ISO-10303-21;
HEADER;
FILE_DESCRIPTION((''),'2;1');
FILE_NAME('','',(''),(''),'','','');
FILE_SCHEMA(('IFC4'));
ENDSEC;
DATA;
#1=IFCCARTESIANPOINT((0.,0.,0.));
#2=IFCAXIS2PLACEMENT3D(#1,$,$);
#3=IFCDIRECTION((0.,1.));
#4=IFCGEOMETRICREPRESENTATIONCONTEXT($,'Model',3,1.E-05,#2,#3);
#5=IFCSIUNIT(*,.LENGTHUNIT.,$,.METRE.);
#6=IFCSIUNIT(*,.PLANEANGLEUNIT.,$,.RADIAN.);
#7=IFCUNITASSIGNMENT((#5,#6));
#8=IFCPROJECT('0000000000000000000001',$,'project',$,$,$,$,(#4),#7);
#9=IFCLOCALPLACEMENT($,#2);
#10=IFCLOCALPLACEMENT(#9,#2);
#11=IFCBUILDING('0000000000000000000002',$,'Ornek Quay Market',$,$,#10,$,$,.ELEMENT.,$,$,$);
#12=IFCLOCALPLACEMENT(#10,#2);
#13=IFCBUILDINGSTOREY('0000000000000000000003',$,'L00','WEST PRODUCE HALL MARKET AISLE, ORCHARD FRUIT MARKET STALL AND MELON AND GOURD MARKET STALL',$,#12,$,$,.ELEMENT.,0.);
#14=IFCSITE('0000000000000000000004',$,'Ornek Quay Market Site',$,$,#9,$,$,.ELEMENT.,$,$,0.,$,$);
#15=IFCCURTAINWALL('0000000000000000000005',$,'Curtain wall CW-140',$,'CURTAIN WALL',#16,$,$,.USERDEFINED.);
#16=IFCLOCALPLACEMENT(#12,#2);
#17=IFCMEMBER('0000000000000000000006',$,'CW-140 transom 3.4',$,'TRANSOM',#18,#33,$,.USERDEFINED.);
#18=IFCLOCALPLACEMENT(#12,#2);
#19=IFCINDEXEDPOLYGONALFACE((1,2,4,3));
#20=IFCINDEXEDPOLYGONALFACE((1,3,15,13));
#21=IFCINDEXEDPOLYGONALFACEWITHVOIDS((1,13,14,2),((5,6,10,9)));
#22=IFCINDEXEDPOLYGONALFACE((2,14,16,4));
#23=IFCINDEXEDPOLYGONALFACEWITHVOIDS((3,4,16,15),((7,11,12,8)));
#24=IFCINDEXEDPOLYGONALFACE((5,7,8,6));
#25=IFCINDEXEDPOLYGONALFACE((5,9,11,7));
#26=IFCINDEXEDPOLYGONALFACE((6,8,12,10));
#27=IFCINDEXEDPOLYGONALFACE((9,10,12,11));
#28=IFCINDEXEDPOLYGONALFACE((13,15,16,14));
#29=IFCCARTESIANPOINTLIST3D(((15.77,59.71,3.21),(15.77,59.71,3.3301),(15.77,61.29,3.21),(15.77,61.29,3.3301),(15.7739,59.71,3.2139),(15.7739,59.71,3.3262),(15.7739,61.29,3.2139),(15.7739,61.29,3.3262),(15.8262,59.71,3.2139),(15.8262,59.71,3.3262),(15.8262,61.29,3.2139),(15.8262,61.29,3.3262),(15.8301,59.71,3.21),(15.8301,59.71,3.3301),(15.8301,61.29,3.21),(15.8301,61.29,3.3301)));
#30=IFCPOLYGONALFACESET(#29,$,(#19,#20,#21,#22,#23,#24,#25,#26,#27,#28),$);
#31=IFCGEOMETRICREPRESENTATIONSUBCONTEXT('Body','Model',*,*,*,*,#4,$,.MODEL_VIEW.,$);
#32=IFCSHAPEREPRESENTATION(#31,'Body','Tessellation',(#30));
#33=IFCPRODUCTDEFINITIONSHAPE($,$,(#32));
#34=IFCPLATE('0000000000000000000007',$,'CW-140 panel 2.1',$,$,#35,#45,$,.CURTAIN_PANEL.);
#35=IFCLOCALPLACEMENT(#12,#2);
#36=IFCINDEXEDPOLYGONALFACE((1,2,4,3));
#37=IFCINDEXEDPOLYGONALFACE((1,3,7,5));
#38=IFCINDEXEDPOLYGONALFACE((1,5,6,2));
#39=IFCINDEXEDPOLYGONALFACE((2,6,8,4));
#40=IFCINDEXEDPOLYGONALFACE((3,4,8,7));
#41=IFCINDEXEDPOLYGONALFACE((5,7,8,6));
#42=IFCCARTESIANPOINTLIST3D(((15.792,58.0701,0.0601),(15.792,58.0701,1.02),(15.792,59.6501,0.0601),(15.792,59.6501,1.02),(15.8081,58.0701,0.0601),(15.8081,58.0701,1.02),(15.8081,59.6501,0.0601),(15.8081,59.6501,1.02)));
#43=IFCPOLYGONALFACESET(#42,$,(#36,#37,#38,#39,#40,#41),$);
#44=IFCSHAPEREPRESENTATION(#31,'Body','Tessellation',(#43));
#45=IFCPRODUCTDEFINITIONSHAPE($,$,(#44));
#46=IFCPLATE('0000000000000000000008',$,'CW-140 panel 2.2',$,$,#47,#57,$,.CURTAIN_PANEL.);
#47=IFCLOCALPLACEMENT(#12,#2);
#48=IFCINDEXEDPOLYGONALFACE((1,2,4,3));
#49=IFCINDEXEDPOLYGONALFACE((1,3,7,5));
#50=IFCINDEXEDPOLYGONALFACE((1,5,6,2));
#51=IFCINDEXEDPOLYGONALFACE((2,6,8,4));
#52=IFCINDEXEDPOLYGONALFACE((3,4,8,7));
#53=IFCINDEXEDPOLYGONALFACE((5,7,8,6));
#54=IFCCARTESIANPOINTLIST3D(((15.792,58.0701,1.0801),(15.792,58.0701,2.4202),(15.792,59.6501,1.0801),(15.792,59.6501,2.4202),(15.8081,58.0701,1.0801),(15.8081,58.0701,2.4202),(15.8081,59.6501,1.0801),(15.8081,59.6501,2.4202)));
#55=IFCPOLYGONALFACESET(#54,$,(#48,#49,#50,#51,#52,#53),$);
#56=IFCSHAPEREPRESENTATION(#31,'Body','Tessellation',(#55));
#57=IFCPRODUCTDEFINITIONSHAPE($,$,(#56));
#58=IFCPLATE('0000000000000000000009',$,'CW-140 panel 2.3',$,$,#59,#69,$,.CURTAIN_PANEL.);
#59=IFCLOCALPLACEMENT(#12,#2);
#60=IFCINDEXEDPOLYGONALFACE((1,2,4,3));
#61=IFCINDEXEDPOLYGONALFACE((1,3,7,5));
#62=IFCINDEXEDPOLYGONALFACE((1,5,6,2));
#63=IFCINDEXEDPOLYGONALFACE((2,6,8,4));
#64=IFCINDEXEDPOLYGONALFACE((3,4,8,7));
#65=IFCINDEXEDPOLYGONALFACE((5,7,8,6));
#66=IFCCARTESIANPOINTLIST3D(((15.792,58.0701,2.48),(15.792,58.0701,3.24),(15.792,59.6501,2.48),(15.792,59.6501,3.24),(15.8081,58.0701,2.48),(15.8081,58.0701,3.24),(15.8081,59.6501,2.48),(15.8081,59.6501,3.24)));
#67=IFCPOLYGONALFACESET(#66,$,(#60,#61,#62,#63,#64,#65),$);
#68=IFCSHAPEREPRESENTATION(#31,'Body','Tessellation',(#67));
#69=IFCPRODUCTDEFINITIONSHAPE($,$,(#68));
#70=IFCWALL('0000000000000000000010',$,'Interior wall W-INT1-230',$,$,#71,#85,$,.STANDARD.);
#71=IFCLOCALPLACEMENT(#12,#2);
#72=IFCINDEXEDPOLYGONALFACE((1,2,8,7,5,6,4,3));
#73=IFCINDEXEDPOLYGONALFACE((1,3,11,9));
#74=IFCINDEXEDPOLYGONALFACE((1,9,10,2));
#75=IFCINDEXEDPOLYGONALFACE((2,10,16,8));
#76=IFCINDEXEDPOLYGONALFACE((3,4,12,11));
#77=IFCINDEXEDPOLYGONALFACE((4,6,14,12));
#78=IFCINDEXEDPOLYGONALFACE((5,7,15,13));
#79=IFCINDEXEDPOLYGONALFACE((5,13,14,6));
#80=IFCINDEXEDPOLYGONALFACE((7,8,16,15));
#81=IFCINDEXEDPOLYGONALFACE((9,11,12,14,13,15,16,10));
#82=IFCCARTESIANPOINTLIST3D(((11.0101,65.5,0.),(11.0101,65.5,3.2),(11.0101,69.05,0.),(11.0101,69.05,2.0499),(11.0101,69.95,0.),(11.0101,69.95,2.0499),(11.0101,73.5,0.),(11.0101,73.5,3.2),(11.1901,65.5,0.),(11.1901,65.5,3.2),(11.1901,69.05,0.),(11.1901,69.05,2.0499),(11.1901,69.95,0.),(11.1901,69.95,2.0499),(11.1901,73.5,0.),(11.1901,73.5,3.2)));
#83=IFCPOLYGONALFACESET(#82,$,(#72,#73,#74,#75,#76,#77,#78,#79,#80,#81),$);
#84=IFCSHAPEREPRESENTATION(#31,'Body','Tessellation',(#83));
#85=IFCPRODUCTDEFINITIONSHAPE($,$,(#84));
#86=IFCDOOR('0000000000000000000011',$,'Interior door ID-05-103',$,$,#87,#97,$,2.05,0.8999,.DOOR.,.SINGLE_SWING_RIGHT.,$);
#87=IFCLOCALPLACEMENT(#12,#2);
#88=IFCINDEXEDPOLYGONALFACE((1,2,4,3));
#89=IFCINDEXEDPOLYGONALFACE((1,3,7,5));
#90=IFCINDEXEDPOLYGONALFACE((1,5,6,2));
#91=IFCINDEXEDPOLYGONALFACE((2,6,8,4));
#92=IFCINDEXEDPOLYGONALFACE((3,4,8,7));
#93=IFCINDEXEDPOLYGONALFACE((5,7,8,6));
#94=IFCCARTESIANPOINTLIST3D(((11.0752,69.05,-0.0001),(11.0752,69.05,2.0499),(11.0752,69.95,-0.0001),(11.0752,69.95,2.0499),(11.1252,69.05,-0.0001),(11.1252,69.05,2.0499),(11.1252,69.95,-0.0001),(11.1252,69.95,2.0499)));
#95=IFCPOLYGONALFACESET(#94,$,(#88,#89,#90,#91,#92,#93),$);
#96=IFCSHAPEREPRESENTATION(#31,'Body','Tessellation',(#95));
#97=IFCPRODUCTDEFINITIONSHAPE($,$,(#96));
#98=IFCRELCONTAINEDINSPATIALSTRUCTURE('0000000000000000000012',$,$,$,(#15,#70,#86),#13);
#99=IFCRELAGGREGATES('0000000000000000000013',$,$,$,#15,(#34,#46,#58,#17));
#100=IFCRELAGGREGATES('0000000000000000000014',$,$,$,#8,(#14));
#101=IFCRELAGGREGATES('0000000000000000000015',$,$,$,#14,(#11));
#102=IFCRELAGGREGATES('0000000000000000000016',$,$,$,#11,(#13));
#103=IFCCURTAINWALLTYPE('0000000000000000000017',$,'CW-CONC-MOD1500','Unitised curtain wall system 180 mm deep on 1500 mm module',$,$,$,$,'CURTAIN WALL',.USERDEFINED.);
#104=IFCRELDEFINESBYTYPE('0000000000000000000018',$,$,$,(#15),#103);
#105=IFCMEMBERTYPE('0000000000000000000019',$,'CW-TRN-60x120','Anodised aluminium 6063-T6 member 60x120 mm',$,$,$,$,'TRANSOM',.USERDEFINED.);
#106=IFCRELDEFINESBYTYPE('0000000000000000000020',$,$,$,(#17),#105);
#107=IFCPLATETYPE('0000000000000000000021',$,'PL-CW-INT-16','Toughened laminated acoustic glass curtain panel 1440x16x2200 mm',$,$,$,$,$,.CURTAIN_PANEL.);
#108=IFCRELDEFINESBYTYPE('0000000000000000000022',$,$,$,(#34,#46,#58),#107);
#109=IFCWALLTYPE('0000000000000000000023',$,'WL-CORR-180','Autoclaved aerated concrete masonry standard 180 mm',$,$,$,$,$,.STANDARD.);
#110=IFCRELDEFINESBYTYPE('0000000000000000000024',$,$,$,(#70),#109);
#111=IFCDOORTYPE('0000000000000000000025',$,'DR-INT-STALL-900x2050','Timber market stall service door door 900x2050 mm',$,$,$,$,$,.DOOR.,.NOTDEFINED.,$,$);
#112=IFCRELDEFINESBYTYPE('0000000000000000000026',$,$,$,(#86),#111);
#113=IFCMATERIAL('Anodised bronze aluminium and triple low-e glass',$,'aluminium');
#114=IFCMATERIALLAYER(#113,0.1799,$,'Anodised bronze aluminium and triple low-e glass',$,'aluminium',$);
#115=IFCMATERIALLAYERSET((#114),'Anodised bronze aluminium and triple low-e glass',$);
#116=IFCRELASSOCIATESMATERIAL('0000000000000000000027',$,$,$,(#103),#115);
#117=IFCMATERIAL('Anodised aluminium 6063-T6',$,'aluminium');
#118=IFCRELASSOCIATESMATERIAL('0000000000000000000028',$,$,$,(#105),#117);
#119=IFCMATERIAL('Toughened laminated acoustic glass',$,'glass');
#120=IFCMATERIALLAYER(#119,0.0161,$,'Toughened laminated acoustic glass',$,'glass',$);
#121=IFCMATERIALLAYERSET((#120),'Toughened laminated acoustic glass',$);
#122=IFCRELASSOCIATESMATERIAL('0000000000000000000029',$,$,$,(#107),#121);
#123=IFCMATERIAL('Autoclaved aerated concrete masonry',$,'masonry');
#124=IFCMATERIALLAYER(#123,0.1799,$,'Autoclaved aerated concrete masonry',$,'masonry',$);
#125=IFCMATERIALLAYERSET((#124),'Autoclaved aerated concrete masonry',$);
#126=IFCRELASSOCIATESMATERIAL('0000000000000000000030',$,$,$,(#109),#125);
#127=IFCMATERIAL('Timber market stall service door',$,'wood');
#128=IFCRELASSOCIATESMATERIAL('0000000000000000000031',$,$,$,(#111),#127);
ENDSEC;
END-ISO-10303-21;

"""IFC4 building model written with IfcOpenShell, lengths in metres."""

from ifc_helpers import new_model, si_unit, direction, frame, frame_2d, origin, origin_2d, place, context, subcontext, project, spatial, rectangle, hollow_rectangle, extrude, material, layer, layer_set, material_profile, profile_set, type_object, element, fill, aggregate, save


model = new_model("IFC4")

# Units and contexts
model_context = context("Model", 3, precision=1e-05, world=origin(), true_north=direction((0.0, 1.0)))
body_context = subcontext(model_context, "Body", "Model", "MODEL_VIEW")
ifc_project = project(units=[si_unit("LENGTHUNIT", "METRE"), si_unit("PLANEANGLEUNIT", "RADIAN")], contexts=[model_context])

# Site, building, storey
site_placement = place(None, origin())
site = spatial("IfcSite", under=ifc_project, at=site_placement, Name="Ornek Quay Market Site", CompositionType="ELEMENT", RefElevation=0.0)
building_placement = place(site_placement, origin())
building = spatial("IfcBuilding", under=site, at=building_placement, Name="Ornek Quay Market", CompositionType="ELEMENT")
storey_placement = place(building_placement, origin())
storey = spatial("IfcBuildingStorey", under=building, at=storey_placement, Name="L00", Description="WEST PRODUCE HALL MARKET AISLE, ORCHARD FRUIT MARKET STALL AND MELON AND GOURD MARKET STALL", CompositionType="ELEMENT", Elevation=0.0)

# Curtain wall, member, plates
ifc_material_1 = material(Name="Anodised bronze aluminium and triple low-e glass", Category="aluminium")
ifc_layer_1 = layer(ifc_material_1, 0.1799, Name="Anodised bronze aluminium and triple low-e glass", Category="aluminium")
ifc_layer_set_1 = layer_set([ifc_layer_1], Name="Anodised bronze aluminium and triple low-e glass")
curtain_wall_type = type_object("IfcCurtainWallType", Name="CW-CONC-MOD1500", Description="Unitised curtain wall system 180 mm deep on 1500 mm module", ElementType="CURTAIN WALL", PredefinedType="USERDEFINED", material=ifc_layer_set_1)
curtain_wall_placement = place(storey_placement, origin())
curtain_wall = element("IfcCurtainWall", 1, at=curtain_wall_placement, inside=storey, type_object=curtain_wall_type, Name="Curtain wall CW-140", ObjectType="CURTAIN WALL", PredefinedType="USERDEFINED")
ifc_material_2 = material(Name="Anodised aluminium 6063-T6", Category="aluminium")
ifc_material_profile_1 = material_profile(ifc_material_2, hollow_rectangle(XDim=0.0601, YDim=0.1201, WallThickness=0.0039, at=origin_2d()), Name="CW-TRN-60x120", Category="aluminium")
ifc_profile_set_1 = profile_set([ifc_material_profile_1], Name="Anodised aluminium 6063-T6")
member_type_1 = type_object("IfcMemberType", Name="CW-TRN-60x120", Description="Anodised aluminium 6063-T6 member 60x120 mm", ElementType="TRANSOM", PredefinedType="USERDEFINED", material=ifc_profile_set_1)
member_1_placement = place(storey_placement, frame((15.8, 59.71, 3.27), z_axis=(0.0, 1.0, 0.0), x_axis=(-1.0, 0.0, 0.0)))
member_1 = element("IfcMember", 2, at=member_1_placement, type_object=member_type_1, Name="CW-140 transom 3.4", ObjectType="TRANSOM", PredefinedType="USERDEFINED", context=body_context, shape_type="SweptSolid", body=[
    extrude(hollow_rectangle(XDim=0.0601, YDim=0.1201, WallThickness=0.0039, at=origin_2d()), origin(), (0.0, 0.0, 1.0), 1.5801),
])
ifc_material_3 = material(Name="Toughened laminated acoustic glass", Category="glass")
ifc_layer_2 = layer(ifc_material_3, 0.0161, Name="Toughened laminated acoustic glass", Category="glass")
ifc_layer_set_2 = layer_set([ifc_layer_2], Name="Toughened laminated acoustic glass")
plate_type = type_object("IfcPlateType", Name="PL-CW-INT-16", Description="Toughened laminated acoustic glass curtain panel 1440x16x2200 mm", PredefinedType="CURTAIN_PANEL", material=ifc_layer_set_2)
plate_1_placement = place(storey_placement, frame((15.8, 58.8601, 0.0601), z_axis=(0.0, 0.0, 1.0), x_axis=(0.0, 1.0, 0.0)))
plate_1 = element("IfcPlate", 3, at=plate_1_placement, type_object=plate_type, Name="CW-140 panel 2.1", PredefinedType="CURTAIN_PANEL", context=body_context, shape_type="SweptSolid", body=[
    extrude(rectangle(XDim=1.5801, YDim=0.0161, at=origin_2d()), origin(), (0.0, 0.0, 1.0), 0.96),
])
plate_2_placement = place(storey_placement, frame((15.8, 58.8601, 1.0801), z_axis=(0.0, 0.0, 1.0), x_axis=(0.0, 1.0, 0.0)))
plate_2 = element("IfcPlate", 4, at=plate_2_placement, type_object=plate_type, Name="CW-140 panel 2.2", PredefinedType="CURTAIN_PANEL", context=body_context, shape_type="SweptSolid", body=[
    extrude(rectangle(XDim=1.5801, YDim=0.0161, at=origin_2d()), origin(), (0.0, 0.0, 1.0), 1.3401),
])
plate_3_placement = place(storey_placement, frame((15.8, 58.8601, 2.48), z_axis=(0.0, 0.0, 1.0), x_axis=(0.0, 1.0, 0.0)))
plate_3 = element("IfcPlate", 5, at=plate_3_placement, type_object=plate_type, Name="CW-140 panel 2.3", PredefinedType="CURTAIN_PANEL", context=body_context, shape_type="SweptSolid", body=[
    extrude(rectangle(XDim=1.5801, YDim=0.0161, at=origin_2d()), origin(), (0.0, 0.0, 1.0), 0.76),
])
aggregate(curtain_wall, [plate_1, plate_2, plate_3, member_1])

# Wall, opening, door
ifc_material_4 = material(Name="Autoclaved aerated concrete masonry", Category="masonry")
ifc_layer_3 = layer(ifc_material_4, 0.1799, Name="Autoclaved aerated concrete masonry", Category="masonry")
ifc_layer_set_3 = layer_set([ifc_layer_3], Name="Autoclaved aerated concrete masonry")
wall_type = type_object("IfcWallType", Name="WL-CORR-180", Description="Autoclaved aerated concrete masonry standard 180 mm", PredefinedType="STANDARD", material=ifc_layer_set_3)
wall_placement = place(storey_placement, frame((11.1001, 65.5, 0.0), z_axis=(0.0, 0.0, 1.0), x_axis=(0.0, 1.0, 0.0)))
wall = element("IfcWall", 6, at=wall_placement, inside=storey, type_object=wall_type, Name="Interior wall W-INT1-230", PredefinedType="STANDARD", context=body_context, shape_type="SweptSolid", body=[
    extrude(rectangle(XDim=8.0, YDim=0.1799, at=frame_2d((4.0, 0.0))), origin(), (0.0, 0.0, 1.0), 3.2),
])
opening_placement = place(wall_placement, frame((3.55, 0.0, 0.0)))
opening = element("IfcOpeningElement", 7, at=opening_placement, cuts=wall, PredefinedType="OPENING", context=body_context, shape_type="SweptSolid", body=[
    extrude(rectangle(XDim=0.8999, YDim=2.05, at=frame_2d((0.45, 1.0249))), frame((0.0, 0.0999, 0.0), z_axis=(0.0, -1.0, 0.0), x_axis=(1.0, 0.0, 0.0)), (0.0, 0.0, 1.0), 0.2),
])
ifc_material_5 = material(Name="Timber market stall service door", Category="wood")
door_type = type_object("IfcDoorType", Name="DR-INT-STALL-900x2050", Description="Timber market stall service door door 900x2050 mm", OperationType="NOTDEFINED", PredefinedType="DOOR", material=ifc_material_5)
door_placement = place(opening_placement, origin())
door = element("IfcDoor", 8, at=door_placement, inside=storey, type_object=door_type, Name="Interior door ID-05-103", OperationType="SINGLE_SWING_RIGHT", OverallHeight=2.05, OverallWidth=0.8999, PredefinedType="DOOR", context=body_context, shape_type="SweptSolid", body=[
    extrude(rectangle(XDim=0.8999, YDim=2.05, at=frame_2d((0.45, 1.0249))), frame((0.0, 0.0249, 0.0), z_axis=(0.0, -1.0, 0.0), x_axis=(1.0, 0.0, 0.0)), (0.0, 0.0, 1.0), 0.05),
])
fill(opening, door)

save(model, "model.ifc")
